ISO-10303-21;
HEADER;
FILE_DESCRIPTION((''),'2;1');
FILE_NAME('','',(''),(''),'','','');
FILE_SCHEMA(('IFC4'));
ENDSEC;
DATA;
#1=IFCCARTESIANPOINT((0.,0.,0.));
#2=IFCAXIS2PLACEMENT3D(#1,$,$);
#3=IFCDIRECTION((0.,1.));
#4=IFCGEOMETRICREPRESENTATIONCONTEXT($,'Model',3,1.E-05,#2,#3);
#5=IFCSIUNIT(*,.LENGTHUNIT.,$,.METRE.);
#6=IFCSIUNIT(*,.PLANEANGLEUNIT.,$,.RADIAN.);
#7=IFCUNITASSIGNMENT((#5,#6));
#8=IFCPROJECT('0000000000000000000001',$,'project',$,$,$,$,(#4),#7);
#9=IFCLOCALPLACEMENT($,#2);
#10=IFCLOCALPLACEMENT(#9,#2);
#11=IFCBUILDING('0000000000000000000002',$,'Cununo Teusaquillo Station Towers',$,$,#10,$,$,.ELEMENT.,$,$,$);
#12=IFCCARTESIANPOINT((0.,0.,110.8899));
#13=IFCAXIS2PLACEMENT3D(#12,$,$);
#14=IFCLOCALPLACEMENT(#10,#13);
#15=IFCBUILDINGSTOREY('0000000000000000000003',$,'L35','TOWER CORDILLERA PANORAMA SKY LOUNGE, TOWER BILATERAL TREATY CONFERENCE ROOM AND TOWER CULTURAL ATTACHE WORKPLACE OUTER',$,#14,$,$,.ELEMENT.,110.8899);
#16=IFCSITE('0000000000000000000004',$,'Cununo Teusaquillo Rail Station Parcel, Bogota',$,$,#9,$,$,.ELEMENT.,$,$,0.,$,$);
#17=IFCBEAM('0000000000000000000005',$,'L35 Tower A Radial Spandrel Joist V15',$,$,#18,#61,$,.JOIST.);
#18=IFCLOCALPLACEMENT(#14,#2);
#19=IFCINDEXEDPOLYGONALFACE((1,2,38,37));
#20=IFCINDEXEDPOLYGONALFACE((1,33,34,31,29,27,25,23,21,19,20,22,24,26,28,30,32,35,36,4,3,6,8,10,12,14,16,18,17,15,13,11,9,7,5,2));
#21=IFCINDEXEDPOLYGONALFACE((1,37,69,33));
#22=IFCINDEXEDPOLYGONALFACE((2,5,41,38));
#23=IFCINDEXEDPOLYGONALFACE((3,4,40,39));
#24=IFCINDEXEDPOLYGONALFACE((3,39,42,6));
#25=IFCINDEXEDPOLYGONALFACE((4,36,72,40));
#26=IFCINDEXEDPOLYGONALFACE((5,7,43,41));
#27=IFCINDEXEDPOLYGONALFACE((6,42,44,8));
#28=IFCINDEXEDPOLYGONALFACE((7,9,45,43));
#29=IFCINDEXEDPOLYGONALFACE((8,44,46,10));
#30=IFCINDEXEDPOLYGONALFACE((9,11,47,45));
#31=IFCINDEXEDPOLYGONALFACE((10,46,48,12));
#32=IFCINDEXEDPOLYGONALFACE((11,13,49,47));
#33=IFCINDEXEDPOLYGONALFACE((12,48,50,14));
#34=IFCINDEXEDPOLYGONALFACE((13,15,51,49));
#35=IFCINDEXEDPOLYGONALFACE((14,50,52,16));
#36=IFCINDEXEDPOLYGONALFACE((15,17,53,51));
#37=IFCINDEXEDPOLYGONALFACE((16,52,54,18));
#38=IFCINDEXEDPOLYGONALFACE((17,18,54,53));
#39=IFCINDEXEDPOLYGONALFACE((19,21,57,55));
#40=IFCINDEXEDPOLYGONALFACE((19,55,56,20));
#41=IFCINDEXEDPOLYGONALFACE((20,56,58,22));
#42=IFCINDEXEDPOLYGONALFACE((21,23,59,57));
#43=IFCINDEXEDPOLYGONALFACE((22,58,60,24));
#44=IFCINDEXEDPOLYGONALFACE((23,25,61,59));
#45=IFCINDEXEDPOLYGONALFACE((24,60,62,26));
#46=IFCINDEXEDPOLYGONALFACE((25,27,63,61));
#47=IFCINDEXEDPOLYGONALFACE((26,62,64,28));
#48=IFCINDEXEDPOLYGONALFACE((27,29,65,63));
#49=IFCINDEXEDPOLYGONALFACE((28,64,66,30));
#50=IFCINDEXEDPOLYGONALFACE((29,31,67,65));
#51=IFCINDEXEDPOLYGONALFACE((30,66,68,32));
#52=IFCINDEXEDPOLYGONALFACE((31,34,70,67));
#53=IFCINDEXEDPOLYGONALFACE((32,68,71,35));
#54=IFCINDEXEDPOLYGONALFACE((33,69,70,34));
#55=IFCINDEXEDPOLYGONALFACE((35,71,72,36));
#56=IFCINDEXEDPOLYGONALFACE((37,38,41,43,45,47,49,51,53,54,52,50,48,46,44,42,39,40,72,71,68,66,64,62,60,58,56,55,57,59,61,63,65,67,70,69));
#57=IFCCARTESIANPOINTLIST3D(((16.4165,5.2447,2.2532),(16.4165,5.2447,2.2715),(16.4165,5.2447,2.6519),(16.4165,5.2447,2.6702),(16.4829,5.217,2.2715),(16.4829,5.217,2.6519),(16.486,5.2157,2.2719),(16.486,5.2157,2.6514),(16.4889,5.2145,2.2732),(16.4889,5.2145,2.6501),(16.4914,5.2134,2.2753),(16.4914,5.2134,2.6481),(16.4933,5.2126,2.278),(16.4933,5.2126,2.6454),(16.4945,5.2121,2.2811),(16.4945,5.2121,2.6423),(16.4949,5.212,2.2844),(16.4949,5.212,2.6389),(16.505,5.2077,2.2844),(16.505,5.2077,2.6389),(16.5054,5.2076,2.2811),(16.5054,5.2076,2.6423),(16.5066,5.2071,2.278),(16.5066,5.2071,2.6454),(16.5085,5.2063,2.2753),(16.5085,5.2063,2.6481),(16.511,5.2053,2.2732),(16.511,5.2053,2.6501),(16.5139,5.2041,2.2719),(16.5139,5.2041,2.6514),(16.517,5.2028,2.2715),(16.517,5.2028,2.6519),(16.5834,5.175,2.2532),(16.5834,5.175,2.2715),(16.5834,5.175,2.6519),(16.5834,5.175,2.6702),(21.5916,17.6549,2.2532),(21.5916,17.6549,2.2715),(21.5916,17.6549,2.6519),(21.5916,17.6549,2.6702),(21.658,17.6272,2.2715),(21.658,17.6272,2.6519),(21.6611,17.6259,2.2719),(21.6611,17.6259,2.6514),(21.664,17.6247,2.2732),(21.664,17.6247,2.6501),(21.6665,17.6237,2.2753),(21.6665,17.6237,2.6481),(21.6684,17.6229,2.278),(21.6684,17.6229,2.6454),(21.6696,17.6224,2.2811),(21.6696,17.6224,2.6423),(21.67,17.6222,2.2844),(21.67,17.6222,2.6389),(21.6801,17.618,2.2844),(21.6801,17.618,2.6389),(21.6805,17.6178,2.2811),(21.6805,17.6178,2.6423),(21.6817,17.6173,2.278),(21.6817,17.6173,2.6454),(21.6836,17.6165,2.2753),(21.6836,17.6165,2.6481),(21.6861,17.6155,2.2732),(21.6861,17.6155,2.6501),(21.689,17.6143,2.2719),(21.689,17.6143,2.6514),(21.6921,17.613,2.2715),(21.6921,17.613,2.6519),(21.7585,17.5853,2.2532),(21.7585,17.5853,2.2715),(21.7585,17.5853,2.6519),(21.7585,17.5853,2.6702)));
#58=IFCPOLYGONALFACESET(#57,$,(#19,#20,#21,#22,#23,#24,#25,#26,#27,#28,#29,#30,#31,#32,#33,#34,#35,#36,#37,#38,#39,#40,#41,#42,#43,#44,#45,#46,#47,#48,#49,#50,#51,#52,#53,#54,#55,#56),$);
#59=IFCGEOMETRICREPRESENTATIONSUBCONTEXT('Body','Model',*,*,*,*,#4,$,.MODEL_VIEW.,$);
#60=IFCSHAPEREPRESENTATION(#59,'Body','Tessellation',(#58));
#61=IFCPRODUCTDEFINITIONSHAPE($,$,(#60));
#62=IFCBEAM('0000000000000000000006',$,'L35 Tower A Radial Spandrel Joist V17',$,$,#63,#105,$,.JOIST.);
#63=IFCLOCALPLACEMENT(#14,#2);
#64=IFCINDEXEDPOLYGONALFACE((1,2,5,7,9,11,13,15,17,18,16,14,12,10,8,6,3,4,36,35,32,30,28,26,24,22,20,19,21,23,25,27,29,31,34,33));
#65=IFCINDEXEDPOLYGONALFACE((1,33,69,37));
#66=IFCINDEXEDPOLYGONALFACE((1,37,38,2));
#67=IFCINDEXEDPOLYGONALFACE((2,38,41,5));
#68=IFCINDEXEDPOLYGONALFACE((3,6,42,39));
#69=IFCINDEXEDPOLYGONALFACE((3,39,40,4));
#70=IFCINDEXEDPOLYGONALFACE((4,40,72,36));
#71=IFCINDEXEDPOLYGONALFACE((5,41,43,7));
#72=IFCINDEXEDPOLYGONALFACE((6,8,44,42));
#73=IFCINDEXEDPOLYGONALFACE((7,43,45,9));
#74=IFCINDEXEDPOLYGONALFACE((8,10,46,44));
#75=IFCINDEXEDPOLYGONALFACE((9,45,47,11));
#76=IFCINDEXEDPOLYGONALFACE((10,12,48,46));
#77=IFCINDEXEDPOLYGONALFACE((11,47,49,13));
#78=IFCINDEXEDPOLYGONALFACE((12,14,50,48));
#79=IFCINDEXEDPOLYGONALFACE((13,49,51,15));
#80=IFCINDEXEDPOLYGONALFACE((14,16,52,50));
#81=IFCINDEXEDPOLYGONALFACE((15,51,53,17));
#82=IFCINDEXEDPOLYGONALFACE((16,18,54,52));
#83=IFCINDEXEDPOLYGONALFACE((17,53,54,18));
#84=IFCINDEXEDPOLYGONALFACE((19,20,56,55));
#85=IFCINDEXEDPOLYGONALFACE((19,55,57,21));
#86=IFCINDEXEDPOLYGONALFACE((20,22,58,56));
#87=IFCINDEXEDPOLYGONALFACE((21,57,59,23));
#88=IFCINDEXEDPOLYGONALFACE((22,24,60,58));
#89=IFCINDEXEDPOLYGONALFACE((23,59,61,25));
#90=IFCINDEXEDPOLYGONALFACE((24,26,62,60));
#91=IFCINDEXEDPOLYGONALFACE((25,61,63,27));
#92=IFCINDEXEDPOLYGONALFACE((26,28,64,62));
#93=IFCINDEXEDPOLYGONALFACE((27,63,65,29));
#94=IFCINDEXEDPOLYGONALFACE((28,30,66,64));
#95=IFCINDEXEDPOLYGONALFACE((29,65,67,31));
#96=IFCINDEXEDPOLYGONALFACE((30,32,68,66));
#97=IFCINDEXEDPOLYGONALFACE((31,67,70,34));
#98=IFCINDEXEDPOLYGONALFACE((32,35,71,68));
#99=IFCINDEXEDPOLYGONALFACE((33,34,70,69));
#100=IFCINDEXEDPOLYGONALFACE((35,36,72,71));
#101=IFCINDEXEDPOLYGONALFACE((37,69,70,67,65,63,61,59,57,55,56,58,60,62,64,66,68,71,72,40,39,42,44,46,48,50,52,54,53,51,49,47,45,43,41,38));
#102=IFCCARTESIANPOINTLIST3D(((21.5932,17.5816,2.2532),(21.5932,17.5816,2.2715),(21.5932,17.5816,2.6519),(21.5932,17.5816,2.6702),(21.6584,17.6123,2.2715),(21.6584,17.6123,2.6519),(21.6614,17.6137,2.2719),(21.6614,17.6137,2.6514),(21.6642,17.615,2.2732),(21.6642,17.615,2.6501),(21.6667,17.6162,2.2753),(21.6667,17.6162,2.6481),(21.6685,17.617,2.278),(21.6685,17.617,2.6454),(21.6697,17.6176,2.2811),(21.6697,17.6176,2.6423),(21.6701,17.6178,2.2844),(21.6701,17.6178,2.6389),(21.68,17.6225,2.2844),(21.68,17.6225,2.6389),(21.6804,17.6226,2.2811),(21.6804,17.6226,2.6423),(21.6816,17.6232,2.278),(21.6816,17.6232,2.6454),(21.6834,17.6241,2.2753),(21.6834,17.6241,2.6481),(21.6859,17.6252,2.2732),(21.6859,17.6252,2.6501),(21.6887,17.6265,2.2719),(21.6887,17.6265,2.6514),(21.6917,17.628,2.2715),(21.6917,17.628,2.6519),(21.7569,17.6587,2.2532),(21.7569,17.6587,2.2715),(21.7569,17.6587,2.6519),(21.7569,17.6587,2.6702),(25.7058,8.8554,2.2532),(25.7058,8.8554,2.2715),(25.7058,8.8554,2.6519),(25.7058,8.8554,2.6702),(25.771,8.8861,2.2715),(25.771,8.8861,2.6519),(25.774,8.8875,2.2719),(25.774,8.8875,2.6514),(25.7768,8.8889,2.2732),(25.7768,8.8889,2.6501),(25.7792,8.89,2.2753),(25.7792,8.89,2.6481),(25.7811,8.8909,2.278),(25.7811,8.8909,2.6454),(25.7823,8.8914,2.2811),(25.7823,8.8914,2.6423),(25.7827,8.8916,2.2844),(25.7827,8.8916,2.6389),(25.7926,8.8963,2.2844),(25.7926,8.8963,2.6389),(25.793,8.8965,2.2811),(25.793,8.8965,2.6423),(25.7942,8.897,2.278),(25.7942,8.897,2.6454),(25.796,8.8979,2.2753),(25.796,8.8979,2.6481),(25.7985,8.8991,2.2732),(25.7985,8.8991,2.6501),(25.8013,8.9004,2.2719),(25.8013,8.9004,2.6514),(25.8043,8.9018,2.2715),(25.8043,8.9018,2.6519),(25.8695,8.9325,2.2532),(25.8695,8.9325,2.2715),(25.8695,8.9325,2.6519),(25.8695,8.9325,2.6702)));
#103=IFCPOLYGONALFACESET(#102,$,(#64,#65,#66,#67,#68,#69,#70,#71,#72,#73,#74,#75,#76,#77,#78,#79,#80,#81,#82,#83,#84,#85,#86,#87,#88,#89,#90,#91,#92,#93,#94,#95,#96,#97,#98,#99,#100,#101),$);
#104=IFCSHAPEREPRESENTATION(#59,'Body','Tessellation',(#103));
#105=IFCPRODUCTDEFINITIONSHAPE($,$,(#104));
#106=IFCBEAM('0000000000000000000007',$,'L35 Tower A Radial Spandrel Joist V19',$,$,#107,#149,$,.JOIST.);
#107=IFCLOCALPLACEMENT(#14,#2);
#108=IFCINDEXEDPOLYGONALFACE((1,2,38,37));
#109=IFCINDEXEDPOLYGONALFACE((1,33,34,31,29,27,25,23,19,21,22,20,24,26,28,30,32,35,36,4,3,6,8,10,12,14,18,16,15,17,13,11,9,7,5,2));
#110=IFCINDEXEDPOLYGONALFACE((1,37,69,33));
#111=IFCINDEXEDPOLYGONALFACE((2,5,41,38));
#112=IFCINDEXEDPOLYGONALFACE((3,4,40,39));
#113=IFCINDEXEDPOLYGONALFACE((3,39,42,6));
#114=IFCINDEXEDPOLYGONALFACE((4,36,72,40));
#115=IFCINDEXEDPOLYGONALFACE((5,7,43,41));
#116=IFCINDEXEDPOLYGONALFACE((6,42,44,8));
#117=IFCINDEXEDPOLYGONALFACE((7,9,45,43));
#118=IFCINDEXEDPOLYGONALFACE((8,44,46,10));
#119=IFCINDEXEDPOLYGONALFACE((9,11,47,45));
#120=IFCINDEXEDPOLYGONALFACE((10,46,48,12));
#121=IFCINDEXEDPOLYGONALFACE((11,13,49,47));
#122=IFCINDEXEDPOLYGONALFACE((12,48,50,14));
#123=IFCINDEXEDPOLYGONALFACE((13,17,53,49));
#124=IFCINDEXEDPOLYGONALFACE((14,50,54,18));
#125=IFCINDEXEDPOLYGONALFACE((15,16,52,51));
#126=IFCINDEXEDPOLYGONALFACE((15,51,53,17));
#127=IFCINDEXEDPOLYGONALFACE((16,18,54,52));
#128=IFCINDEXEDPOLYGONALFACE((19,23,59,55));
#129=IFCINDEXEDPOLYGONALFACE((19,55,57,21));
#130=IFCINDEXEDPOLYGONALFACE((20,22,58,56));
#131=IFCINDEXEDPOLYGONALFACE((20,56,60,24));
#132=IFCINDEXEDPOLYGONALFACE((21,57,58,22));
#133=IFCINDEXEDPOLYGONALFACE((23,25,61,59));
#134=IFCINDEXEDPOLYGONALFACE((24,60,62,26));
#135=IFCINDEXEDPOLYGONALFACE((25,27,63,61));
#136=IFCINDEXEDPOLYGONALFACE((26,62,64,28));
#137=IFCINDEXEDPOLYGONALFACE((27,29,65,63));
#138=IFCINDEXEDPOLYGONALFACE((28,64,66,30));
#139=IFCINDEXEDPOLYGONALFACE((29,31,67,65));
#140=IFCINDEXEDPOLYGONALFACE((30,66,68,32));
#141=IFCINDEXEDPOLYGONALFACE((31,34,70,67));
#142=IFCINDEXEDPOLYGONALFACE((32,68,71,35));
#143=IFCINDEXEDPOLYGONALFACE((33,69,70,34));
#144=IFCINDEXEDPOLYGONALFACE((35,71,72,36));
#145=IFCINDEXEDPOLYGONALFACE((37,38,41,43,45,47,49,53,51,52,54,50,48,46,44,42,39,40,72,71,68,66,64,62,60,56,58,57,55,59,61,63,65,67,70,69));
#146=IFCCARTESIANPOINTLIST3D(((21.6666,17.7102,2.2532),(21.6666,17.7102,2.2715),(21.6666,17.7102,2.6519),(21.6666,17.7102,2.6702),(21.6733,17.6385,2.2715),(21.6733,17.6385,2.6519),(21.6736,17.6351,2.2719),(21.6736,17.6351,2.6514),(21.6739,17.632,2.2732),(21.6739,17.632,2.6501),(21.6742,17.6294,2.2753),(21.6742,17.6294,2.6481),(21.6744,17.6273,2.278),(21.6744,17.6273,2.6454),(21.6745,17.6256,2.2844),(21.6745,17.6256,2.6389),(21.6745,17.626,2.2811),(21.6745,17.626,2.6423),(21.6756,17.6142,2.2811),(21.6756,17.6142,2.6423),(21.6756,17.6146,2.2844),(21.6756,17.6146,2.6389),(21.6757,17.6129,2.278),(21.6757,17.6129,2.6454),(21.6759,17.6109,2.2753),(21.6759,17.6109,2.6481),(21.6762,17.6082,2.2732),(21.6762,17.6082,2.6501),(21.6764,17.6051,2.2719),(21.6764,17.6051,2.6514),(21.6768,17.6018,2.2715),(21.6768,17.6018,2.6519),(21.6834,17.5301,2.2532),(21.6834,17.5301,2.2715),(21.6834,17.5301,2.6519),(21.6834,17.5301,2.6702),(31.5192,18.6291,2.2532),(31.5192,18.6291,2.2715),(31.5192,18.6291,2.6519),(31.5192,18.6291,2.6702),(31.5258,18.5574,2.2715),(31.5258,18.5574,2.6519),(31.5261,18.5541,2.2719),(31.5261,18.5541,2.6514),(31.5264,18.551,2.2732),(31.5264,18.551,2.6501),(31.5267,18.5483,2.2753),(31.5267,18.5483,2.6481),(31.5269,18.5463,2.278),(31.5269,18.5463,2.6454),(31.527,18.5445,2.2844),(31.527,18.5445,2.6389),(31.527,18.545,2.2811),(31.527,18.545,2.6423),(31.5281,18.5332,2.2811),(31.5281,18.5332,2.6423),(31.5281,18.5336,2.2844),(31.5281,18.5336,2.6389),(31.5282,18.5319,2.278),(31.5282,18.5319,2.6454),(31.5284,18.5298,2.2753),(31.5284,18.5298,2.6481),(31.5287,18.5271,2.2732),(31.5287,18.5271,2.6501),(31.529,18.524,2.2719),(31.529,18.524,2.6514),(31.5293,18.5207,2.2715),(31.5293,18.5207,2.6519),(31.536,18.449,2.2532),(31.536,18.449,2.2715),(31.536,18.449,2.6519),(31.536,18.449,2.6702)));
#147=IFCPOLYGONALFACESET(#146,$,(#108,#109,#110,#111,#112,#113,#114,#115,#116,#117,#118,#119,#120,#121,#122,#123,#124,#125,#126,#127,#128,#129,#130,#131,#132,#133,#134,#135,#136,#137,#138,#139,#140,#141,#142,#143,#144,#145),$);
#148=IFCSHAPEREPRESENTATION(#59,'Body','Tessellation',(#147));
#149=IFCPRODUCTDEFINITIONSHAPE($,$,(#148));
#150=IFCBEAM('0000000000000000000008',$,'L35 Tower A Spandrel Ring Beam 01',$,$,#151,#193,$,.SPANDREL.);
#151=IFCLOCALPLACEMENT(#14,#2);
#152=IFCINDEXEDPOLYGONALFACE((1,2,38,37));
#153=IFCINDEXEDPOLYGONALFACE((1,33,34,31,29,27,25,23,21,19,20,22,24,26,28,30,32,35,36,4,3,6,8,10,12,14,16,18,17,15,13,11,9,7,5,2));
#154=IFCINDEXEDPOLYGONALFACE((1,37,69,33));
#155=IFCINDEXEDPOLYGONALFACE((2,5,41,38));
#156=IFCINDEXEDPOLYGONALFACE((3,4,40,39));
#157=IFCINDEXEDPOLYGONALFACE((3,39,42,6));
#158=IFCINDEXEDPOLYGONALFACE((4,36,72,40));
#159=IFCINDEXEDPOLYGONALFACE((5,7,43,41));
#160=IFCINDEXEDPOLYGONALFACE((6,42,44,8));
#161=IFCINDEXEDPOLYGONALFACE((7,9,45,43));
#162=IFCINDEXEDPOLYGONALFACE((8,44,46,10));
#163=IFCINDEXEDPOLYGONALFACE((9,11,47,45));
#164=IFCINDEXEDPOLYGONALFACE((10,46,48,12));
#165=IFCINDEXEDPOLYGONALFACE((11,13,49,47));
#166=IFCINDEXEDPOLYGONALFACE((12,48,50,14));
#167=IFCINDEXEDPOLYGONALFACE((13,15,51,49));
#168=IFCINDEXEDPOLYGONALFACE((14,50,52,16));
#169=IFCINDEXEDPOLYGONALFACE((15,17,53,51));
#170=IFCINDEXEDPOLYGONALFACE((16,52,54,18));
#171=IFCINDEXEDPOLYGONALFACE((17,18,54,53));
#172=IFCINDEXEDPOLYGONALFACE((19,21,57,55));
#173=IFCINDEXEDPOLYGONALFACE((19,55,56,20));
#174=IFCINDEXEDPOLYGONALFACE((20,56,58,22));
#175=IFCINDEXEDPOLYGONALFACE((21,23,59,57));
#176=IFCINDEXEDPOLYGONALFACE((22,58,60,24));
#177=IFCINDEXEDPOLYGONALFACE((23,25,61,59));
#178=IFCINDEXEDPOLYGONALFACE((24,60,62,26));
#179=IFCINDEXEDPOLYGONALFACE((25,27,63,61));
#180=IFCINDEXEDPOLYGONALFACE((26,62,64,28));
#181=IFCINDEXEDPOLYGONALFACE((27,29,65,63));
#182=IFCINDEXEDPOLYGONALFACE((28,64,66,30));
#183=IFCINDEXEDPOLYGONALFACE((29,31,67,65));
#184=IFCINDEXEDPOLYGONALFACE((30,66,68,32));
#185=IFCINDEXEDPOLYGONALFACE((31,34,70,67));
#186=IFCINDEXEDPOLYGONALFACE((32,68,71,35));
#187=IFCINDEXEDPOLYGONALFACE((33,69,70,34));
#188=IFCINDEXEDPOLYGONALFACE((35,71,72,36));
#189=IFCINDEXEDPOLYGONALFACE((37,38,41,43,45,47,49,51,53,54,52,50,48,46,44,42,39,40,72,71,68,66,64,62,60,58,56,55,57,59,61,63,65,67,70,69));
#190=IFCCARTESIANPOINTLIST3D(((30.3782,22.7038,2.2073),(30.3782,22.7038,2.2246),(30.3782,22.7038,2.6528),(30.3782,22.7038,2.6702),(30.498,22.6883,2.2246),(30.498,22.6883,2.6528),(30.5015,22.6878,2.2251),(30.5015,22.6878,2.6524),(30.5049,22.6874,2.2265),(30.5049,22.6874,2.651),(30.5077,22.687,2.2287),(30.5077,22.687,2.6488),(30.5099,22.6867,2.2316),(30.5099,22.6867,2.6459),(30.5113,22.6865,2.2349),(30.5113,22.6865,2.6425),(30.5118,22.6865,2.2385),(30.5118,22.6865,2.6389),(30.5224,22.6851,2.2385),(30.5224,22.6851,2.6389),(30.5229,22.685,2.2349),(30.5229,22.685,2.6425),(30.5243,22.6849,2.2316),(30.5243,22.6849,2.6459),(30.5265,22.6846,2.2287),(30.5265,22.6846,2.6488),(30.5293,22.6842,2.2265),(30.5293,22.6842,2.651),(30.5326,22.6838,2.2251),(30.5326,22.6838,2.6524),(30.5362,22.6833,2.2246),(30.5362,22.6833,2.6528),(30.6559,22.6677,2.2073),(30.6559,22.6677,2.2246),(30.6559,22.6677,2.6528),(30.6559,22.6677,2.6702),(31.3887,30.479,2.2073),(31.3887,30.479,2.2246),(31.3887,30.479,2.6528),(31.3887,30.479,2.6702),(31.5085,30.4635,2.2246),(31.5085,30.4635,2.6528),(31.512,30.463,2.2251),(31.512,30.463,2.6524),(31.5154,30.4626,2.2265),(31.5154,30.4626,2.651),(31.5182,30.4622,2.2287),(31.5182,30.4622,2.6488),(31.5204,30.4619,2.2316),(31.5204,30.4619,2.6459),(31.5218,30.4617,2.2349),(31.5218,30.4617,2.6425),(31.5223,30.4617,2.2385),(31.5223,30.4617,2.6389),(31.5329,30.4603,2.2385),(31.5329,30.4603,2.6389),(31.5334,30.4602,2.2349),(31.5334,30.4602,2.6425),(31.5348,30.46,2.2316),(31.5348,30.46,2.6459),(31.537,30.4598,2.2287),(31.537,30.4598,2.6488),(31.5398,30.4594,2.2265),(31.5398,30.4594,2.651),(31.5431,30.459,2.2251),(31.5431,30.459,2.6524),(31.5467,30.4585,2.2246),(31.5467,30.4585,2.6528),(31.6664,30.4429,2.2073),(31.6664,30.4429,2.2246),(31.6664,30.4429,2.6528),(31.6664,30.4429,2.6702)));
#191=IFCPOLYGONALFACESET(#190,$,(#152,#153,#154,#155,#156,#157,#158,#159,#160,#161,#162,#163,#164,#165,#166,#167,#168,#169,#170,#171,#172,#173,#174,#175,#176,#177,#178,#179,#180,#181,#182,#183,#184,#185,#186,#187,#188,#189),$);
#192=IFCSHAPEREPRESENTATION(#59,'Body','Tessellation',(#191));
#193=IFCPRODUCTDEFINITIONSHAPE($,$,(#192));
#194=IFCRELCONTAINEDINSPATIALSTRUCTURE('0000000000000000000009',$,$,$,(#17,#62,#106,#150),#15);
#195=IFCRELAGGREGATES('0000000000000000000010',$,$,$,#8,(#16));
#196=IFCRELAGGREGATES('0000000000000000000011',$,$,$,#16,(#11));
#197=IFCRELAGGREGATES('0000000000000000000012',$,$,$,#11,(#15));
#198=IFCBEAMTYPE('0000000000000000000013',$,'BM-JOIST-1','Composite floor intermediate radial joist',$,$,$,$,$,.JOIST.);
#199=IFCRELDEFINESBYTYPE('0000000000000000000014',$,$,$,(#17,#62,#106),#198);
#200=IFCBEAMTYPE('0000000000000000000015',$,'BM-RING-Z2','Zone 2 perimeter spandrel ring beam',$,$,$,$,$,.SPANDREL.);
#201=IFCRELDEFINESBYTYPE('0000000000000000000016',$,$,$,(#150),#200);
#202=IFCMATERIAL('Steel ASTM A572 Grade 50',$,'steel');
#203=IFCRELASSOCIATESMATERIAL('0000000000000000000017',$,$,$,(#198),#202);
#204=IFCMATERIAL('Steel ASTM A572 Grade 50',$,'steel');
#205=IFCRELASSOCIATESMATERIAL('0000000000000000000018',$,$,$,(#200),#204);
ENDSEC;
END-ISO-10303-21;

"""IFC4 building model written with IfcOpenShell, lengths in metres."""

from ifc_helpers import new_model, si_unit, direction, frame, origin, origin_2d, place, context, subcontext, project, spatial, i_section, extrude, material, material_profile, profile_set, type_object, element, save


model = new_model("IFC4")

# Units and contexts
model_context = context("Model", 3, precision=1e-05, world=origin(), true_north=direction((0.0, 1.0)))
body_context = subcontext(model_context, "Body", "Model", "MODEL_VIEW")
ifc_project = project(units=[si_unit("LENGTHUNIT", "METRE"), si_unit("PLANEANGLEUNIT", "RADIAN")], contexts=[model_context])

# Site, building, storey
site_placement = place(None, origin())
site = spatial("IfcSite", under=ifc_project, at=site_placement, Name="Cununo Teusaquillo Rail Station Parcel, Bogota", CompositionType="ELEMENT", RefElevation=0.0)
building_placement = place(site_placement, origin())
building = spatial("IfcBuilding", under=site, at=building_placement, Name="Cununo Teusaquillo Station Towers", CompositionType="ELEMENT")
storey_placement = place(building_placement, frame((0.0, 0.0, 110.8899)))
storey = spatial("IfcBuildingStorey", under=building, at=storey_placement, Name="L35", Description="TOWER CORDILLERA PANORAMA SKY LOUNGE, TOWER BILATERAL TREATY CONFERENCE ROOM AND TOWER CULTURAL ATTACHE WORKPLACE OUTER", CompositionType="ELEMENT", Elevation=110.8899)

# Beams
ifc_material_1 = material(Name="Steel ASTM A572 Grade 50", Category="steel")
ifc_material_profile_1 = material_profile(ifc_material_1, i_section(OverallWidth=0.1809, OverallDepth=0.417, WebThickness=0.011, FlangeThickness=0.0183, FilletRadius=0.0129, at=origin_2d()), Name="W16X57")
ifc_profile_set_1 = profile_set([ifc_material_profile_1], Name="Steel ASTM A572 Grade 50")
beam_type_1 = type_object("IfcBeamType", Name="BM-JOIST-1", Description="Composite floor intermediate radial joist", PredefinedType="JOIST", material=ifc_profile_set_1)
beam_1_placement = place(storey_placement, frame((21.675, 17.6201, 2.4617), z_axis=(-0.384878, -0.922967, 0.0), x_axis=(0.922967, -0.384878, 0.0)))
element("IfcBeam", 1, at=beam_1_placement, inside=storey, type_object=beam_type_1, Name="L35 Tower A Radial Spandrel Joist V15", PredefinedType="JOIST", context=body_context, shape_type="SweptSolid", body=[
    extrude(i_section(OverallWidth=0.1809, OverallDepth=0.417, WebThickness=0.011, FlangeThickness=0.0183, FilletRadius=0.0129, at=origin_2d()), origin(), (0.0, 0.0, 1.0), 13.446),
])
beam_2_placement = place(storey_placement, frame((21.675, 17.6201, 2.4617), z_axis=(0.42632, -0.904572, 0.0), x_axis=(0.904572, 0.42632, 0.0)))
element("IfcBeam", 2, at=beam_2_placement, inside=storey, type_object=beam_type_1, Name="L35 Tower A Radial Spandrel Joist V17", PredefinedType="JOIST", context=body_context, shape_type="SweptSolid", body=[
    extrude(i_section(OverallWidth=0.1809, OverallDepth=0.417, WebThickness=0.011, FlangeThickness=0.0183, FilletRadius=0.0129, at=origin_2d()), origin(), (0.0, 0.0, 1.0), 9.6467),
])
beam_3_placement = place(storey_placement, frame((21.675, 17.6201, 2.4617), z_axis=(0.995679, 0.092867, 0.0), x_axis=(-0.092867, 0.995679, 0.0)))
element("IfcBeam", 3, at=beam_3_placement, inside=storey, type_object=beam_type_1, Name="L35 Tower A Radial Spandrel Joist V19", PredefinedType="JOIST", context=body_context, shape_type="SweptSolid", body=[
    extrude(i_section(OverallWidth=0.1809, OverallDepth=0.417, WebThickness=0.011, FlangeThickness=0.0183, FilletRadius=0.0129, at=origin_2d()), origin(), (0.0, 0.0, 1.0), 9.8953),
])
ifc_material_2 = material(Name="Steel ASTM A572 Grade 50", Category="steel")
ifc_material_profile_2 = material_profile(ifc_material_2, i_section(OverallWidth=0.28, OverallDepth=0.4629, WebThickness=0.0107, FlangeThickness=0.0173, FilletRadius=0.0139, at=origin_2d()), Name="W18X76")
ifc_profile_set_2 = profile_set([ifc_material_profile_2], Name="Steel ASTM A572 Grade 50")
beam_type_2 = type_object("IfcBeamType", Name="BM-RING-Z2", Description="Zone 2 perimeter spandrel ring beam", PredefinedType="SPANDREL", material=ifc_profile_set_2)
beam_4_placement = place(storey_placement, frame((30.5171, 22.6858, 2.4387), z_axis=(0.128881, 0.99166, 0.0), x_axis=(-0.99166, 0.128881, 0.0)))
element("IfcBeam", 4, at=beam_4_placement, inside=storey, type_object=beam_type_2, Name="L35 Tower A Spandrel Ring Beam 01", PredefinedType="SPANDREL", context=body_context, shape_type="SweptSolid", body=[
    extrude(i_section(OverallWidth=0.28, OverallDepth=0.4629, WebThickness=0.0107, FlangeThickness=0.0173, FilletRadius=0.0139, at=origin_2d()), origin(), (0.0, 0.0, 1.0), 7.8406),
])

save(model, "model.ifc")
